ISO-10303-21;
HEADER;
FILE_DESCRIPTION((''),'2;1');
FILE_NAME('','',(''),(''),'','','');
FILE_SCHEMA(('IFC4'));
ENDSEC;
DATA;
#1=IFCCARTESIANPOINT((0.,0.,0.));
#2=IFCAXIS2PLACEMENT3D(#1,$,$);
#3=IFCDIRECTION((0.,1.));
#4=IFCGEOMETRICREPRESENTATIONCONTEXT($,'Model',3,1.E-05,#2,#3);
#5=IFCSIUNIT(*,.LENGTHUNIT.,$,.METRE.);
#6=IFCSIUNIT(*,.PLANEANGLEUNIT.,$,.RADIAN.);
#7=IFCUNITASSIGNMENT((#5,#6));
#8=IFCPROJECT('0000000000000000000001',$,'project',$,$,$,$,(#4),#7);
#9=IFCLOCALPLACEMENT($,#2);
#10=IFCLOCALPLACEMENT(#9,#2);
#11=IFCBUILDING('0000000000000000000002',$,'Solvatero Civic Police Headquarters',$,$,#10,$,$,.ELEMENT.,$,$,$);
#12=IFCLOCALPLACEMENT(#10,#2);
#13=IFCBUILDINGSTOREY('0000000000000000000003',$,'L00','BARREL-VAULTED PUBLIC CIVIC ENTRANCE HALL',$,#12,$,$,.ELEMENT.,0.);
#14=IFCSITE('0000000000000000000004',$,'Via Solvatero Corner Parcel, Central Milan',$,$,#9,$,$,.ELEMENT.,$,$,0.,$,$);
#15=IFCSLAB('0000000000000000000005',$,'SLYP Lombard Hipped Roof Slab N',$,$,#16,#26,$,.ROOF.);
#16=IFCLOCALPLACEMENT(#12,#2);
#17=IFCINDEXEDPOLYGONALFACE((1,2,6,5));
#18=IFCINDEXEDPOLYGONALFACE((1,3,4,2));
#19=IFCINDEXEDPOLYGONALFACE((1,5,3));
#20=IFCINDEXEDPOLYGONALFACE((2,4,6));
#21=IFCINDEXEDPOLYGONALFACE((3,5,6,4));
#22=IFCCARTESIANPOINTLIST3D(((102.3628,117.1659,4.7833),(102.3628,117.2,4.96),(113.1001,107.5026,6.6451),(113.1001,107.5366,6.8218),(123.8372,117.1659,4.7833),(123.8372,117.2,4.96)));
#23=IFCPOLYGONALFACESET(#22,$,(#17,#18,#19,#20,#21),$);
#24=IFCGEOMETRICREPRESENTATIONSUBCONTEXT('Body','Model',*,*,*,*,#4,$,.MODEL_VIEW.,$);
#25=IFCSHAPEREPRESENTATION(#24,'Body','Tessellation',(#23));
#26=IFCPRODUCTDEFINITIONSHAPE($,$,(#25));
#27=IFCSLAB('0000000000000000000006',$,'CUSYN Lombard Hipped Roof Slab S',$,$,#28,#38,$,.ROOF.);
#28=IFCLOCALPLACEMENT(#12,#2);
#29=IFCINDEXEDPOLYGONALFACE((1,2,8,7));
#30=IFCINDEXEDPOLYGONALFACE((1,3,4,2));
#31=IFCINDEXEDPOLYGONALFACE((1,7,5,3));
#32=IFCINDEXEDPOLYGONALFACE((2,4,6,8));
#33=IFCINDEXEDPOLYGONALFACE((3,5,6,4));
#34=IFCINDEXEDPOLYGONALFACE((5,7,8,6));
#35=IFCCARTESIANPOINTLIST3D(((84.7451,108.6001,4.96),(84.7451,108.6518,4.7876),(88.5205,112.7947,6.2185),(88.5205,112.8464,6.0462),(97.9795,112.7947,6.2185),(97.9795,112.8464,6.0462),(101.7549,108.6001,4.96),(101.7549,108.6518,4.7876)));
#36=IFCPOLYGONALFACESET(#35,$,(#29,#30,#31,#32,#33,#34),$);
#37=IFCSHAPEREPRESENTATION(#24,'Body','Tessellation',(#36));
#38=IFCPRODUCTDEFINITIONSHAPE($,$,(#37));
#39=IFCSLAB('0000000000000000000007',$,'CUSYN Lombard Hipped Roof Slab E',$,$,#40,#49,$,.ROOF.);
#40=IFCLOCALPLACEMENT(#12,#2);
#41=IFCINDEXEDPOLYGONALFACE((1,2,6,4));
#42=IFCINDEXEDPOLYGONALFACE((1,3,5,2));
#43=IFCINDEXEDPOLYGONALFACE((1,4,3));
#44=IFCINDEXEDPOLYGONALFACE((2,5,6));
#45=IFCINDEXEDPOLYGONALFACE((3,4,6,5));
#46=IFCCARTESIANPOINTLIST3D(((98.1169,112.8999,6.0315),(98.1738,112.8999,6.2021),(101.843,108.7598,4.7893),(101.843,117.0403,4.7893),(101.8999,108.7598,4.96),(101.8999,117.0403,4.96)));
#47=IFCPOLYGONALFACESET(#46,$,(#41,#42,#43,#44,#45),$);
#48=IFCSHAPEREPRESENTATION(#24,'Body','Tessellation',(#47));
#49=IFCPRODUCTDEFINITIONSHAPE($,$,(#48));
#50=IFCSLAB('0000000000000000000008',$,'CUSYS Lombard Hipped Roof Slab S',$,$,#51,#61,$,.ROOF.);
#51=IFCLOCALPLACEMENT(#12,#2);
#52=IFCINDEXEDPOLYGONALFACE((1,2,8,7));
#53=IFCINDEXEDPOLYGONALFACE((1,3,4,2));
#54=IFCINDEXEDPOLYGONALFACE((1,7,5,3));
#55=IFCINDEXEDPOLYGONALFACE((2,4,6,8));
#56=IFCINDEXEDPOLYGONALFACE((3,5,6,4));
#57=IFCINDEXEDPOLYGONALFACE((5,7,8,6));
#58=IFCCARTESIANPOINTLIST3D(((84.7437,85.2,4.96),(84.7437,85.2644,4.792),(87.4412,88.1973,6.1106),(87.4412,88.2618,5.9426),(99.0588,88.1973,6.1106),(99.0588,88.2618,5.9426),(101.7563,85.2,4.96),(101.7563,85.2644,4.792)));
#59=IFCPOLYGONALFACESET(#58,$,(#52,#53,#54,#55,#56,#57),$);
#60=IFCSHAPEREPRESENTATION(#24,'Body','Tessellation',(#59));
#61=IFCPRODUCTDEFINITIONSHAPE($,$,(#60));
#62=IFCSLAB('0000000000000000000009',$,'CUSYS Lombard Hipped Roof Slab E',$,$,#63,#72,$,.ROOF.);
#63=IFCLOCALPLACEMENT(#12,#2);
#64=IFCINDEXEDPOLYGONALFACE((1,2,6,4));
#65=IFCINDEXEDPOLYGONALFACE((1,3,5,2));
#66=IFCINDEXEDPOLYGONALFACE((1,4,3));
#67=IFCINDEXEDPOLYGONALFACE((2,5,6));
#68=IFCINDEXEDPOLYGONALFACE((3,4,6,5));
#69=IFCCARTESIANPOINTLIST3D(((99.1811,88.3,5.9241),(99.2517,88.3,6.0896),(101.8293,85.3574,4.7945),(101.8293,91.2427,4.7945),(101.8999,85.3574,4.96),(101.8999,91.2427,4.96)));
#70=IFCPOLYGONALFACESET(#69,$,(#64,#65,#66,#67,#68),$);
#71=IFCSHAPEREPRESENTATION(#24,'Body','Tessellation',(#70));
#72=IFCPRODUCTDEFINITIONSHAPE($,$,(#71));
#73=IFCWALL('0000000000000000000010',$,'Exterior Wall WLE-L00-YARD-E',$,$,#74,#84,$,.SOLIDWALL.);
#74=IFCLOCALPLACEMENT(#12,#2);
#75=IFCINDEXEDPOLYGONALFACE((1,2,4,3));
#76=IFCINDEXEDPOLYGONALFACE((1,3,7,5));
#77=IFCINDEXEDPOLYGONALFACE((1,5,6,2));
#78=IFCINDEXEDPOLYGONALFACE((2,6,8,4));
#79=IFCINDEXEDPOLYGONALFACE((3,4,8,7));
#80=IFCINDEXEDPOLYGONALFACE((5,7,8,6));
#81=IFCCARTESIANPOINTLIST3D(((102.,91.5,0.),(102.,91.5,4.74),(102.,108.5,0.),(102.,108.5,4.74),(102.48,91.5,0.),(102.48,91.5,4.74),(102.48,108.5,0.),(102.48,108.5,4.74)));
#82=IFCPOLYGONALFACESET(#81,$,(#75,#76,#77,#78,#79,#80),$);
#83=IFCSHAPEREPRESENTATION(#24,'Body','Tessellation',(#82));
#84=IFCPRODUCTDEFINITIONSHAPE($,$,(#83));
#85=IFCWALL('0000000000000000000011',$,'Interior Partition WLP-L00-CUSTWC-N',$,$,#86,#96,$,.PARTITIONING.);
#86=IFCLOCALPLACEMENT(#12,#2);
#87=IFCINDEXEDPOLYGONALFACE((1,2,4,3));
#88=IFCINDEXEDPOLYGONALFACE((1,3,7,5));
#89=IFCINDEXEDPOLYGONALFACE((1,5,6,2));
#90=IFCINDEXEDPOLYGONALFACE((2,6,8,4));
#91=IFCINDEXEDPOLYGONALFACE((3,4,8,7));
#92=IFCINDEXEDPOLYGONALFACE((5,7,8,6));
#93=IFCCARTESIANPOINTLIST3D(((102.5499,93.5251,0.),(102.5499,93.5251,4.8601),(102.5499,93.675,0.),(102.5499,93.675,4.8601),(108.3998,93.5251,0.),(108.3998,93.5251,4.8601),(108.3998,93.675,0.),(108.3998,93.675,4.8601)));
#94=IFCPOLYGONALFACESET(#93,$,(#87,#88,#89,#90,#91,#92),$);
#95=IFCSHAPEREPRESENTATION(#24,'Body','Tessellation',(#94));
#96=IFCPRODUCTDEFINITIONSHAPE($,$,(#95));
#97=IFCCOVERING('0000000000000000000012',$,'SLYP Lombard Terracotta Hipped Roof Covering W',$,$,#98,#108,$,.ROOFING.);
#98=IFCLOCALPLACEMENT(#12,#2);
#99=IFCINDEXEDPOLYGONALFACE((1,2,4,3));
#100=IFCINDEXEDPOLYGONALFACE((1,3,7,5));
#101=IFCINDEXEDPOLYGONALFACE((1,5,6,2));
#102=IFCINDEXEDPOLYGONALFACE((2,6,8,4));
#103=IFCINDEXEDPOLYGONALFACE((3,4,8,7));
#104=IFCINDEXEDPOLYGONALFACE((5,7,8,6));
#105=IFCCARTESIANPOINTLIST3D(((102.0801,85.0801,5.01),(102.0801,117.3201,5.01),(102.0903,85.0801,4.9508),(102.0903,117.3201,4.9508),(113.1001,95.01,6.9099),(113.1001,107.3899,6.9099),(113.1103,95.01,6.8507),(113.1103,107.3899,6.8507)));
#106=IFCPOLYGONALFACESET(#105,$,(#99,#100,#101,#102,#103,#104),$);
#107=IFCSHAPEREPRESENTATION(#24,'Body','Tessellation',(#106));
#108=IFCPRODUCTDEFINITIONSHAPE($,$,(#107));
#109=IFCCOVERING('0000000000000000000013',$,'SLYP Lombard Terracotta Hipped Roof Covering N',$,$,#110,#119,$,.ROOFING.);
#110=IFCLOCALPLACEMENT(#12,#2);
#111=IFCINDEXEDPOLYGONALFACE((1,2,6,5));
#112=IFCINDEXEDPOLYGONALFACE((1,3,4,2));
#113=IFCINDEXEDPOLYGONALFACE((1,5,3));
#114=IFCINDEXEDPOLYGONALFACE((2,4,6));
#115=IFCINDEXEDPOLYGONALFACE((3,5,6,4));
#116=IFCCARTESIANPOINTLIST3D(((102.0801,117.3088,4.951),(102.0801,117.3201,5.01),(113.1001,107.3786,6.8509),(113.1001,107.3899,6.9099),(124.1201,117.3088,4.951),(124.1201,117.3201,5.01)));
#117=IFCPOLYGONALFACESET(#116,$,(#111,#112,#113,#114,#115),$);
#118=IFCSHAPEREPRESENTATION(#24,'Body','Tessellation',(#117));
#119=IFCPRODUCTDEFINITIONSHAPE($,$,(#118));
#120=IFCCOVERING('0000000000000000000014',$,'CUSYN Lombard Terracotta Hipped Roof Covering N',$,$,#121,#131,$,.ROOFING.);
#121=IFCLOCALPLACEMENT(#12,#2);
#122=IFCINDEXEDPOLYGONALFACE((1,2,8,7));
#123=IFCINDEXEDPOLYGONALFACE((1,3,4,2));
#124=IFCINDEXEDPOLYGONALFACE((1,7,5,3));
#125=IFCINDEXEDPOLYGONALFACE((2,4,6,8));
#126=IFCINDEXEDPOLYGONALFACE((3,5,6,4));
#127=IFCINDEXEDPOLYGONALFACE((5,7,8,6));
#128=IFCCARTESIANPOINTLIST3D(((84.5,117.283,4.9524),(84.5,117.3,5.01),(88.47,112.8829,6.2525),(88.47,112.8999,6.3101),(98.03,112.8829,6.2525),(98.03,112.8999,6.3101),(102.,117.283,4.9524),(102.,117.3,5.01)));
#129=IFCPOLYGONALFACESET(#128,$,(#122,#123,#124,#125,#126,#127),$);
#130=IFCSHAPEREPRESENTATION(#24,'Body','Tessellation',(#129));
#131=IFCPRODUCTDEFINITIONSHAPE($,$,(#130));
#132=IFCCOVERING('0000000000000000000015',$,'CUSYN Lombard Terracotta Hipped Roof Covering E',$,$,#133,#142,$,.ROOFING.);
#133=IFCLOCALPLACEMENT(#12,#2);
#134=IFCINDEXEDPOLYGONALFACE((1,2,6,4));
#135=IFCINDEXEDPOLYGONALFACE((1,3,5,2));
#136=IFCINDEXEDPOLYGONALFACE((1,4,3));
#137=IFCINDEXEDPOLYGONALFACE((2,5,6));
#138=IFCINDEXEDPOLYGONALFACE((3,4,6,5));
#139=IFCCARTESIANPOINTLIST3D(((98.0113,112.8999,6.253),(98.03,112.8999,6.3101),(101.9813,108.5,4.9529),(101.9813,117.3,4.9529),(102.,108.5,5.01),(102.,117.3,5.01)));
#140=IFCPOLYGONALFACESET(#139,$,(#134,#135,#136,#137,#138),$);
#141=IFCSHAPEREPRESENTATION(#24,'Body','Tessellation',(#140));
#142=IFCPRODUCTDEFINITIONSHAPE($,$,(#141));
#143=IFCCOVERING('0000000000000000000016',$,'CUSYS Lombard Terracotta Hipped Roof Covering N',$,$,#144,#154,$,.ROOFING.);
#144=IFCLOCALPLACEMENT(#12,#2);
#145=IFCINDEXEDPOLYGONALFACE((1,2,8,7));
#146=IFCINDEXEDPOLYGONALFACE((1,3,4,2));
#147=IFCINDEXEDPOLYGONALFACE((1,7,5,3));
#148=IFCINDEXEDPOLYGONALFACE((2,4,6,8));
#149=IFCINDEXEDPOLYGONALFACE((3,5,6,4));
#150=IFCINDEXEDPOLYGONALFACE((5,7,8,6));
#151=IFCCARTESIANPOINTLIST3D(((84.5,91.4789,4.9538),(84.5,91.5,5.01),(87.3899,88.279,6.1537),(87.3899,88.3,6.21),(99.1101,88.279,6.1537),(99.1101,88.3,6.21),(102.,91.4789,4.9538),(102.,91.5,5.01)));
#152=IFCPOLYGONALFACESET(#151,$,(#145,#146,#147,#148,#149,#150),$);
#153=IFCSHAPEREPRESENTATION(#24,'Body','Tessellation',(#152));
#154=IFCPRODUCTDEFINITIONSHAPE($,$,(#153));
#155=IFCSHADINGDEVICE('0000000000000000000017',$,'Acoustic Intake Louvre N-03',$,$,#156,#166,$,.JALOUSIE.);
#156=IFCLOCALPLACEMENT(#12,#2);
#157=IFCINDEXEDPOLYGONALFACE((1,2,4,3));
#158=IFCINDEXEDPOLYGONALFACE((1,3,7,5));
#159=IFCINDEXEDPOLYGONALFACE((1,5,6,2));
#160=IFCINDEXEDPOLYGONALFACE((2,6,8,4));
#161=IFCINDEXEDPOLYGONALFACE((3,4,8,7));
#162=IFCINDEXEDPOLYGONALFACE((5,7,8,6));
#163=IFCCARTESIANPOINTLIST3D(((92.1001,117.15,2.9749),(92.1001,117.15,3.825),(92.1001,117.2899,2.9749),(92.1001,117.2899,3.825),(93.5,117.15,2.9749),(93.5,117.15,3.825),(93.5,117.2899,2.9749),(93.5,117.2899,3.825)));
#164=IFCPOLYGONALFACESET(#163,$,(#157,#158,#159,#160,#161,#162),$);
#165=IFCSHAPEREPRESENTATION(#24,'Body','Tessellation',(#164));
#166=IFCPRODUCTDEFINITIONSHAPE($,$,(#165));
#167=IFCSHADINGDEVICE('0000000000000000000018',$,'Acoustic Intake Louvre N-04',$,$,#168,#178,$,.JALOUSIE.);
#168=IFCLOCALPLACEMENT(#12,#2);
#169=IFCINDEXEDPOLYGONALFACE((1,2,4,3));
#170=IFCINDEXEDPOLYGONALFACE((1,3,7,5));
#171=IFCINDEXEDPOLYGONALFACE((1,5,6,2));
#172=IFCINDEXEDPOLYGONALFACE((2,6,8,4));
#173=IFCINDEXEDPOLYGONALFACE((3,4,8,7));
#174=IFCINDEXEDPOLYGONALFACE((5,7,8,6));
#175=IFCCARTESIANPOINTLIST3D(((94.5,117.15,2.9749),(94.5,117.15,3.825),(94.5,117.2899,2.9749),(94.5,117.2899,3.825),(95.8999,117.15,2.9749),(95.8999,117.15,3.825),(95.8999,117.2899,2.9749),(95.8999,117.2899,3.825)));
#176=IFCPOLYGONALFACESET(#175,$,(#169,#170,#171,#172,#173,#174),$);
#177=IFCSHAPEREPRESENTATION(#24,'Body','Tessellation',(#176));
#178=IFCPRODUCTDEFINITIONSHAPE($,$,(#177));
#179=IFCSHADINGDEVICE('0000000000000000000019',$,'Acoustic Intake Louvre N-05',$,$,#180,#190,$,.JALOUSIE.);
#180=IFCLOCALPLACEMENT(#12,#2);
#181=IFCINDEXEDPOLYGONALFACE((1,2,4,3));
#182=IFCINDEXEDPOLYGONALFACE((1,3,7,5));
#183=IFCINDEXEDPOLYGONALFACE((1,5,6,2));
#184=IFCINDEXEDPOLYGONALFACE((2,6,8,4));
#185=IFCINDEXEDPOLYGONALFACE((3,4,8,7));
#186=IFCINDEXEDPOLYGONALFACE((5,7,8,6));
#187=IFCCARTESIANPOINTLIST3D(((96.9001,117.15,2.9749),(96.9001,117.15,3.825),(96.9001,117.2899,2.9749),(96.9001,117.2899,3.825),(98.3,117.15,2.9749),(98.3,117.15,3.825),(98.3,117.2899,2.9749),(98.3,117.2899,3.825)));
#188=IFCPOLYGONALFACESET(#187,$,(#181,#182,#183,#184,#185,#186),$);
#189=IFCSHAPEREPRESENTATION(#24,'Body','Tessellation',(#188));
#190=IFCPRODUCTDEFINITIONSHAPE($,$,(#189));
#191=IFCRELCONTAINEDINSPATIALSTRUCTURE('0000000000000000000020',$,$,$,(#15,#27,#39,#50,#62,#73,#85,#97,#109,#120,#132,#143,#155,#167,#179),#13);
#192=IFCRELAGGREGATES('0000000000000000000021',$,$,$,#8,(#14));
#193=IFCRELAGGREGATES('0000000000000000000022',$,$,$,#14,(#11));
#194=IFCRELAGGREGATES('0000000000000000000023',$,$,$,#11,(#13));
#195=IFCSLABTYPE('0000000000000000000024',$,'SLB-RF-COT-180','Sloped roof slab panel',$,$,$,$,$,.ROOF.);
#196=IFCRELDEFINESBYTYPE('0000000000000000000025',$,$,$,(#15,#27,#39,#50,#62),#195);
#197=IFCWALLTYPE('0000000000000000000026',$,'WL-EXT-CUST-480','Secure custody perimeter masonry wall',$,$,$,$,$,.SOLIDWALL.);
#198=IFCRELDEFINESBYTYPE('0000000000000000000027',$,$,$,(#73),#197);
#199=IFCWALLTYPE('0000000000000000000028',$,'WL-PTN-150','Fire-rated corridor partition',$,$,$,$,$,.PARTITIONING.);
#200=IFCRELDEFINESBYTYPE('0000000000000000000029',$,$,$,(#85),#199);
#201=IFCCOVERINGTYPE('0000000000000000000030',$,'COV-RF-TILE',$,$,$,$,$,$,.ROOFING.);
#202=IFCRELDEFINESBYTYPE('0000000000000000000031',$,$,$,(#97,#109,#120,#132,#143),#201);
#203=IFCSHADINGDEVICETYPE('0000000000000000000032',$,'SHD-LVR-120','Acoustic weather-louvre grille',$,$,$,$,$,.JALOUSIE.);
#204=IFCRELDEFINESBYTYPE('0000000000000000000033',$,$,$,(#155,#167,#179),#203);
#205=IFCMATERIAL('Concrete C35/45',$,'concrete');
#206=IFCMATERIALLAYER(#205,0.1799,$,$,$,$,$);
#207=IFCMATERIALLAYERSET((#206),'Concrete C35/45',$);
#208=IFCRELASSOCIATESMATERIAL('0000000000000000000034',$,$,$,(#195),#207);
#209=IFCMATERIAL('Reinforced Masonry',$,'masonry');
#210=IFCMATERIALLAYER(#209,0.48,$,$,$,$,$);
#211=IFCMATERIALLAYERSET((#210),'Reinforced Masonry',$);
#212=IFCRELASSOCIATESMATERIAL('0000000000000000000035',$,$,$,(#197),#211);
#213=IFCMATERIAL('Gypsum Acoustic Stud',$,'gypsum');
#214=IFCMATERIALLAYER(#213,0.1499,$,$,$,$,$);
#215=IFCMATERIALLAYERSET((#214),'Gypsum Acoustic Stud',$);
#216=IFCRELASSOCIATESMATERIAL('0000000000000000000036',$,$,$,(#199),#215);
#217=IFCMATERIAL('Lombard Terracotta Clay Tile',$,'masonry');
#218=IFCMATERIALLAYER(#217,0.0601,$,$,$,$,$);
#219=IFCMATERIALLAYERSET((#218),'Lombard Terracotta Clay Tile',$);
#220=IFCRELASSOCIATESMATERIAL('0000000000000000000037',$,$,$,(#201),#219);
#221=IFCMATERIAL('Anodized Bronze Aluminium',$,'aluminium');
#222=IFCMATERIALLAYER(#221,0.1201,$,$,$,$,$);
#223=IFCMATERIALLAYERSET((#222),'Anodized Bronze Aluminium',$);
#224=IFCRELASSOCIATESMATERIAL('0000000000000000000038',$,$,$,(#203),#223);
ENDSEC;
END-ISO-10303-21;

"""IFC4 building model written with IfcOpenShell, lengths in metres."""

from ifc_helpers import new_model, si_unit, direction, frame, frame_2d, origin, origin_2d, place, context, subcontext, project, spatial, polyline, rectangle, outline, extrude, material, layer, layer_set, type_object, element, save


model = new_model("IFC4")

# Units and contexts
model_context = context("Model", 3, precision=1e-05, world=origin(), true_north=direction((0.0, 1.0)))
body_context = subcontext(model_context, "Body", "Model", "MODEL_VIEW")
ifc_project = project(units=[si_unit("LENGTHUNIT", "METRE"), si_unit("PLANEANGLEUNIT", "RADIAN")], contexts=[model_context])

# Site, building, storey
site_placement = place(None, origin())
site = spatial("IfcSite", under=ifc_project, at=site_placement, Name="Via Solvatero Corner Parcel, Central Milan", CompositionType="ELEMENT", RefElevation=0.0)
building_placement = place(site_placement, origin())
building = spatial("IfcBuilding", under=site, at=building_placement, Name="Solvatero Civic Police Headquarters", CompositionType="ELEMENT")
storey_placement = place(building_placement, origin())
storey = spatial("IfcBuildingStorey", under=building, at=storey_placement, Name="L00", Description="BARREL-VAULTED PUBLIC CIVIC ENTRANCE HALL", CompositionType="ELEMENT", Elevation=0.0)

# Slabs
ifc_material_1 = material(Name="Concrete C35/45", Category="concrete")
ifc_layer_1 = layer(ifc_material_1, 0.1799)
ifc_layer_set_1 = layer_set([ifc_layer_1], Name="Concrete C35/45")
slab_type = type_object("IfcSlabType", Name="SLB-RF-COT-180", Description="Sloped roof slab panel", PredefinedType="ROOF", material=ifc_layer_set_1)
slab_1_placement = place(storey_placement, frame((102.3628, 117.2, 4.96), z_axis=(0.0, 0.189189, 0.981941), x_axis=(1.0, 0.0, 0.0)))
element("IfcSlab", 1, at=slab_1_placement, inside=storey, type_object=slab_type, Name="SLYP Lombard Hipped Roof Slab N", PredefinedType="ROOF", context=body_context, shape_type="SweptSolid", body=[
    extrude(outline(polyline([(0.0, 0.0), (21.4744, 0.0), (10.7373, -9.8411), (0.0, 0.0)])), origin(), (0.0, 0.0, -1.0), 0.1799),
])
slab_2_placement = place(storey_placement, frame((97.9795, 112.7947, 6.2185), z_axis=(0.0, -0.287384, 0.957816), x_axis=(0.652951, -0.72545, -0.217664)))
element("IfcSlab", 2, at=slab_2_placement, inside=storey, type_object=slab_type, Name="CUSYN Lombard Hipped Roof Slab S", PredefinedType="ROOF", context=body_context, shape_type="SweptSolid", body=[
    extrude(outline(polyline([(0.0, 0.0), (5.782, 0.0), (-5.3245, -12.8832), (-6.1763, -7.1642), (0.0, 0.0)])), origin(), (0.0, 0.0, -1.0), 0.1799),
])
slab_3_placement = place(storey_placement, frame((101.8999, 117.0403, 4.96), z_axis=(0.316265, 0.0, 0.948671), x_axis=(0.0, -1.0, 0.0)))
element("IfcSlab", 3, at=slab_3_placement, inside=storey, type_object=slab_type, Name="CUSYN Lombard Hipped Roof Slab E", PredefinedType="ROOF", context=body_context, shape_type="SweptSolid", body=[
    extrude(outline(polyline([(0.0, 0.0), (8.2805, 0.0), (4.1404, -3.9277), (0.0, 0.0)])), origin(), (0.0, 0.0, -1.0), 0.1799),
])
slab_4_placement = place(storey_placement, frame((99.0588, 88.1973, 6.1106), z_axis=(0.0, -0.358388, 0.933573), x_axis=(0.643279, -0.714773, -0.274393)))
element("IfcSlab", 4, at=slab_4_placement, inside=storey, type_object=slab_type, Name="CUSYS Lombard Hipped Roof Slab S", PredefinedType="ROOF", context=body_context, shape_type="SweptSolid", body=[
    extrude(outline(polyline([(0.0, 0.0), (4.1934, 0.0), (-6.7505, -13.0255), (-7.4734, -8.8949), (0.0, 0.0)])), origin(), (0.0, 0.0, -1.0), 0.1799),
])
slab_5_placement = place(storey_placement, frame((101.8999, 91.2427, 4.96), z_axis=(0.392363, 0.0, 0.91981), x_axis=(0.0, -1.0, 0.0)))
element("IfcSlab", 5, at=slab_5_placement, inside=storey, type_object=slab_type, Name="CUSYS Lombard Hipped Roof Slab E", PredefinedType="ROOF", context=body_context, shape_type="SweptSolid", body=[
    extrude(outline(polyline([(0.0, 0.0), (5.8853, 0.0), (2.9426, -2.8791), (0.0, 0.0)])), origin(), (0.0, 0.0, -1.0), 0.1799),
])

# Walls
ifc_material_2 = material(Name="Reinforced Masonry", Category="masonry")
ifc_layer_2 = layer(ifc_material_2, 0.48)
ifc_layer_set_2 = layer_set([ifc_layer_2], Name="Reinforced Masonry")
wall_type_1 = type_object("IfcWallType", Name="WL-EXT-CUST-480", Description="Secure custody perimeter masonry wall", PredefinedType="SOLIDWALL", material=ifc_layer_set_2)
wall_1_placement = place(storey_placement, frame((102.24, 91.5, 0.0), z_axis=(0.0, 0.0, 1.0), x_axis=(0.0, 1.0, 0.0)))
element("IfcWall", 6, at=wall_1_placement, inside=storey, type_object=wall_type_1, Name="Exterior Wall WLE-L00-YARD-E", PredefinedType="SOLIDWALL", context=body_context, shape_type="SweptSolid", body=[
    extrude(rectangle(XDim=17.0, YDim=0.48, at=frame_2d((8.5, 0.0))), origin(), (0.0, 0.0, 1.0), 4.74),
])
ifc_material_3 = material(Name="Gypsum Acoustic Stud", Category="gypsum")
ifc_layer_3 = layer(ifc_material_3, 0.1499)
ifc_layer_set_3 = layer_set([ifc_layer_3], Name="Gypsum Acoustic Stud")
wall_type_2 = type_object("IfcWallType", Name="WL-PTN-150", Description="Fire-rated corridor partition", PredefinedType="PARTITIONING", material=ifc_layer_set_3)
wall_2_placement = place(storey_placement, frame((102.55, 93.6001, 0.0), z_axis=(0.0, 0.0, 1.0), x_axis=(1.0, 0.0, 0.0)))
element("IfcWall", 7, at=wall_2_placement, inside=storey, type_object=wall_type_2, Name="Interior Partition WLP-L00-CUSTWC-N", PredefinedType="PARTITIONING", context=body_context, shape_type="SweptSolid", body=[
    extrude(rectangle(XDim=5.8499, YDim=0.1499, at=frame_2d((2.9248, 0.0))), origin(), (0.0, 0.0, 1.0), 4.8601),
])

# Coverings
ifc_material_4 = material(Name="Lombard Terracotta Clay Tile", Category="masonry")
ifc_layer_4 = layer(ifc_material_4, 0.0601)
ifc_layer_set_4 = layer_set([ifc_layer_4], Name="Lombard Terracotta Clay Tile")
covering_type = type_object("IfcCoveringType", Name="COV-RF-TILE", PredefinedType="ROOFING", material=ifc_layer_set_4)
covering_1_placement = place(storey_placement, frame((102.0801, 117.3201, 5.01), z_axis=(-0.169898, 0.0, 0.985462), x_axis=(0.0, -1.0, 0.0)))
element("IfcCovering", 8, at=covering_1_placement, inside=storey, type_object=covering_type, Name="SLYP Lombard Terracotta Hipped Roof Covering W", PredefinedType="ROOFING", context=body_context, shape_type="SweptSolid", body=[
    extrude(outline(polyline([(0.0, 0.0), (32.24, 0.0), (22.3101, 11.1826), (9.9302, 11.1826), (0.0, 0.0)])), origin(), (0.0, 0.0, -1.0), 0.0601),
])
covering_2_placement = place(storey_placement, frame((124.1201, 117.3201, 5.01), z_axis=(0.0, 0.187918, 0.982185), x_axis=(-1.0, 0.0, 0.0)))
element("IfcCovering", 9, at=covering_2_placement, inside=storey, type_object=covering_type, Name="SLYP Lombard Terracotta Hipped Roof Covering N", PredefinedType="ROOFING", context=body_context, shape_type="SweptSolid", body=[
    extrude(outline(polyline([(0.0, 0.0), (22.04, 0.0), (11.02, 10.1103), (0.0, 0.0)])), origin(), (0.0, 0.0, -1.0), 0.0601),
])
covering_3_placement = place(storey_placement, frame((102.0, 117.3, 5.01), z_axis=(0.0, 0.283347, 0.959017), x_axis=(-1.0, 0.0, 0.0)))
element("IfcCovering", 10, at=covering_3_placement, inside=storey, type_object=covering_type, Name="CUSYN Lombard Terracotta Hipped Roof Covering N", PredefinedType="ROOFING", context=body_context, shape_type="SweptSolid", body=[
    extrude(outline(polyline([(0.0, 0.0), (17.5, 0.0), (13.53, 4.5882), (3.97, 4.5882), (0.0, 0.0)])), origin(), (0.0, 0.0, -1.0), 0.0601),
])
covering_4_placement = place(storey_placement, frame((102.0, 108.5, 5.01), z_axis=(0.311209, 0.0, 0.950342), x_axis=(0.0, 1.0, 0.0)))
element("IfcCovering", 11, at=covering_4_placement, inside=storey, type_object=covering_type, Name="CUSYN Lombard Terracotta Hipped Roof Covering E", PredefinedType="ROOFING", context=body_context, shape_type="SweptSolid", body=[
    extrude(outline(polyline([(0.0, 0.0), (8.8, 0.0), (4.3999, 4.1774), (0.0, 0.0)])), origin(), (0.0, 0.0, -1.0), 0.0601),
])
covering_5_placement = place(storey_placement, frame((102.0, 91.5, 5.01), z_axis=(0.0, 0.351116, 0.936332), x_axis=(-1.0, 0.0, 0.0)))
element("IfcCovering", 12, at=covering_5_placement, inside=storey, type_object=covering_type, Name="CUSYS Lombard Terracotta Hipped Roof Covering N", PredefinedType="ROOFING", context=body_context, shape_type="SweptSolid", body=[
    extrude(outline(polyline([(0.0, 0.0), (17.5, 0.0), (14.6101, 3.4175), (2.8899, 3.4175), (0.0, 0.0)])), origin(), (0.0, 0.0, -1.0), 0.0601),
])

# Shading devices
ifc_material_5 = material(Name="Anodized Bronze Aluminium", Category="aluminium")
ifc_layer_5 = layer(ifc_material_5, 0.1201)
ifc_layer_set_5 = layer_set([ifc_layer_5], Name="Anodized Bronze Aluminium")
shading_device_type = type_object("IfcShadingDeviceType", Name="SHD-LVR-120", Description="Acoustic weather-louvre grille", PredefinedType="JALOUSIE", material=ifc_layer_set_5)
for number, where, z_axis, x_axis, name in (
    (13, (92.8, 117.22, 2.9749), (0.0, 0.0, 1.0), (1.0, 0.0, 0.0), "Acoustic Intake Louvre N-03"),
    (14, (95.2, 117.22, 2.9749), (0.0, 0.0, 1.0), (1.0, 0.0, 0.0), "Acoustic Intake Louvre N-04"),
    (15, (97.6001, 117.22, 2.9749), (0.0, 0.0, 1.0), (1.0, 0.0, 0.0), "Acoustic Intake Louvre N-05"),
):
    element("IfcShadingDevice", number, at=place(storey_placement, frame(where, z_axis=z_axis, x_axis=x_axis)), inside=storey, type_object=shading_device_type, Name=name, PredefinedType="JALOUSIE", context=body_context, shape_type="SweptSolid", body=[
        extrude(rectangle(XDim=1.3999, YDim=0.1399, at=origin_2d()), origin(), (0.0, 0.0, 1.0), 0.8501),
    ])

save(model, "model.ifc")
